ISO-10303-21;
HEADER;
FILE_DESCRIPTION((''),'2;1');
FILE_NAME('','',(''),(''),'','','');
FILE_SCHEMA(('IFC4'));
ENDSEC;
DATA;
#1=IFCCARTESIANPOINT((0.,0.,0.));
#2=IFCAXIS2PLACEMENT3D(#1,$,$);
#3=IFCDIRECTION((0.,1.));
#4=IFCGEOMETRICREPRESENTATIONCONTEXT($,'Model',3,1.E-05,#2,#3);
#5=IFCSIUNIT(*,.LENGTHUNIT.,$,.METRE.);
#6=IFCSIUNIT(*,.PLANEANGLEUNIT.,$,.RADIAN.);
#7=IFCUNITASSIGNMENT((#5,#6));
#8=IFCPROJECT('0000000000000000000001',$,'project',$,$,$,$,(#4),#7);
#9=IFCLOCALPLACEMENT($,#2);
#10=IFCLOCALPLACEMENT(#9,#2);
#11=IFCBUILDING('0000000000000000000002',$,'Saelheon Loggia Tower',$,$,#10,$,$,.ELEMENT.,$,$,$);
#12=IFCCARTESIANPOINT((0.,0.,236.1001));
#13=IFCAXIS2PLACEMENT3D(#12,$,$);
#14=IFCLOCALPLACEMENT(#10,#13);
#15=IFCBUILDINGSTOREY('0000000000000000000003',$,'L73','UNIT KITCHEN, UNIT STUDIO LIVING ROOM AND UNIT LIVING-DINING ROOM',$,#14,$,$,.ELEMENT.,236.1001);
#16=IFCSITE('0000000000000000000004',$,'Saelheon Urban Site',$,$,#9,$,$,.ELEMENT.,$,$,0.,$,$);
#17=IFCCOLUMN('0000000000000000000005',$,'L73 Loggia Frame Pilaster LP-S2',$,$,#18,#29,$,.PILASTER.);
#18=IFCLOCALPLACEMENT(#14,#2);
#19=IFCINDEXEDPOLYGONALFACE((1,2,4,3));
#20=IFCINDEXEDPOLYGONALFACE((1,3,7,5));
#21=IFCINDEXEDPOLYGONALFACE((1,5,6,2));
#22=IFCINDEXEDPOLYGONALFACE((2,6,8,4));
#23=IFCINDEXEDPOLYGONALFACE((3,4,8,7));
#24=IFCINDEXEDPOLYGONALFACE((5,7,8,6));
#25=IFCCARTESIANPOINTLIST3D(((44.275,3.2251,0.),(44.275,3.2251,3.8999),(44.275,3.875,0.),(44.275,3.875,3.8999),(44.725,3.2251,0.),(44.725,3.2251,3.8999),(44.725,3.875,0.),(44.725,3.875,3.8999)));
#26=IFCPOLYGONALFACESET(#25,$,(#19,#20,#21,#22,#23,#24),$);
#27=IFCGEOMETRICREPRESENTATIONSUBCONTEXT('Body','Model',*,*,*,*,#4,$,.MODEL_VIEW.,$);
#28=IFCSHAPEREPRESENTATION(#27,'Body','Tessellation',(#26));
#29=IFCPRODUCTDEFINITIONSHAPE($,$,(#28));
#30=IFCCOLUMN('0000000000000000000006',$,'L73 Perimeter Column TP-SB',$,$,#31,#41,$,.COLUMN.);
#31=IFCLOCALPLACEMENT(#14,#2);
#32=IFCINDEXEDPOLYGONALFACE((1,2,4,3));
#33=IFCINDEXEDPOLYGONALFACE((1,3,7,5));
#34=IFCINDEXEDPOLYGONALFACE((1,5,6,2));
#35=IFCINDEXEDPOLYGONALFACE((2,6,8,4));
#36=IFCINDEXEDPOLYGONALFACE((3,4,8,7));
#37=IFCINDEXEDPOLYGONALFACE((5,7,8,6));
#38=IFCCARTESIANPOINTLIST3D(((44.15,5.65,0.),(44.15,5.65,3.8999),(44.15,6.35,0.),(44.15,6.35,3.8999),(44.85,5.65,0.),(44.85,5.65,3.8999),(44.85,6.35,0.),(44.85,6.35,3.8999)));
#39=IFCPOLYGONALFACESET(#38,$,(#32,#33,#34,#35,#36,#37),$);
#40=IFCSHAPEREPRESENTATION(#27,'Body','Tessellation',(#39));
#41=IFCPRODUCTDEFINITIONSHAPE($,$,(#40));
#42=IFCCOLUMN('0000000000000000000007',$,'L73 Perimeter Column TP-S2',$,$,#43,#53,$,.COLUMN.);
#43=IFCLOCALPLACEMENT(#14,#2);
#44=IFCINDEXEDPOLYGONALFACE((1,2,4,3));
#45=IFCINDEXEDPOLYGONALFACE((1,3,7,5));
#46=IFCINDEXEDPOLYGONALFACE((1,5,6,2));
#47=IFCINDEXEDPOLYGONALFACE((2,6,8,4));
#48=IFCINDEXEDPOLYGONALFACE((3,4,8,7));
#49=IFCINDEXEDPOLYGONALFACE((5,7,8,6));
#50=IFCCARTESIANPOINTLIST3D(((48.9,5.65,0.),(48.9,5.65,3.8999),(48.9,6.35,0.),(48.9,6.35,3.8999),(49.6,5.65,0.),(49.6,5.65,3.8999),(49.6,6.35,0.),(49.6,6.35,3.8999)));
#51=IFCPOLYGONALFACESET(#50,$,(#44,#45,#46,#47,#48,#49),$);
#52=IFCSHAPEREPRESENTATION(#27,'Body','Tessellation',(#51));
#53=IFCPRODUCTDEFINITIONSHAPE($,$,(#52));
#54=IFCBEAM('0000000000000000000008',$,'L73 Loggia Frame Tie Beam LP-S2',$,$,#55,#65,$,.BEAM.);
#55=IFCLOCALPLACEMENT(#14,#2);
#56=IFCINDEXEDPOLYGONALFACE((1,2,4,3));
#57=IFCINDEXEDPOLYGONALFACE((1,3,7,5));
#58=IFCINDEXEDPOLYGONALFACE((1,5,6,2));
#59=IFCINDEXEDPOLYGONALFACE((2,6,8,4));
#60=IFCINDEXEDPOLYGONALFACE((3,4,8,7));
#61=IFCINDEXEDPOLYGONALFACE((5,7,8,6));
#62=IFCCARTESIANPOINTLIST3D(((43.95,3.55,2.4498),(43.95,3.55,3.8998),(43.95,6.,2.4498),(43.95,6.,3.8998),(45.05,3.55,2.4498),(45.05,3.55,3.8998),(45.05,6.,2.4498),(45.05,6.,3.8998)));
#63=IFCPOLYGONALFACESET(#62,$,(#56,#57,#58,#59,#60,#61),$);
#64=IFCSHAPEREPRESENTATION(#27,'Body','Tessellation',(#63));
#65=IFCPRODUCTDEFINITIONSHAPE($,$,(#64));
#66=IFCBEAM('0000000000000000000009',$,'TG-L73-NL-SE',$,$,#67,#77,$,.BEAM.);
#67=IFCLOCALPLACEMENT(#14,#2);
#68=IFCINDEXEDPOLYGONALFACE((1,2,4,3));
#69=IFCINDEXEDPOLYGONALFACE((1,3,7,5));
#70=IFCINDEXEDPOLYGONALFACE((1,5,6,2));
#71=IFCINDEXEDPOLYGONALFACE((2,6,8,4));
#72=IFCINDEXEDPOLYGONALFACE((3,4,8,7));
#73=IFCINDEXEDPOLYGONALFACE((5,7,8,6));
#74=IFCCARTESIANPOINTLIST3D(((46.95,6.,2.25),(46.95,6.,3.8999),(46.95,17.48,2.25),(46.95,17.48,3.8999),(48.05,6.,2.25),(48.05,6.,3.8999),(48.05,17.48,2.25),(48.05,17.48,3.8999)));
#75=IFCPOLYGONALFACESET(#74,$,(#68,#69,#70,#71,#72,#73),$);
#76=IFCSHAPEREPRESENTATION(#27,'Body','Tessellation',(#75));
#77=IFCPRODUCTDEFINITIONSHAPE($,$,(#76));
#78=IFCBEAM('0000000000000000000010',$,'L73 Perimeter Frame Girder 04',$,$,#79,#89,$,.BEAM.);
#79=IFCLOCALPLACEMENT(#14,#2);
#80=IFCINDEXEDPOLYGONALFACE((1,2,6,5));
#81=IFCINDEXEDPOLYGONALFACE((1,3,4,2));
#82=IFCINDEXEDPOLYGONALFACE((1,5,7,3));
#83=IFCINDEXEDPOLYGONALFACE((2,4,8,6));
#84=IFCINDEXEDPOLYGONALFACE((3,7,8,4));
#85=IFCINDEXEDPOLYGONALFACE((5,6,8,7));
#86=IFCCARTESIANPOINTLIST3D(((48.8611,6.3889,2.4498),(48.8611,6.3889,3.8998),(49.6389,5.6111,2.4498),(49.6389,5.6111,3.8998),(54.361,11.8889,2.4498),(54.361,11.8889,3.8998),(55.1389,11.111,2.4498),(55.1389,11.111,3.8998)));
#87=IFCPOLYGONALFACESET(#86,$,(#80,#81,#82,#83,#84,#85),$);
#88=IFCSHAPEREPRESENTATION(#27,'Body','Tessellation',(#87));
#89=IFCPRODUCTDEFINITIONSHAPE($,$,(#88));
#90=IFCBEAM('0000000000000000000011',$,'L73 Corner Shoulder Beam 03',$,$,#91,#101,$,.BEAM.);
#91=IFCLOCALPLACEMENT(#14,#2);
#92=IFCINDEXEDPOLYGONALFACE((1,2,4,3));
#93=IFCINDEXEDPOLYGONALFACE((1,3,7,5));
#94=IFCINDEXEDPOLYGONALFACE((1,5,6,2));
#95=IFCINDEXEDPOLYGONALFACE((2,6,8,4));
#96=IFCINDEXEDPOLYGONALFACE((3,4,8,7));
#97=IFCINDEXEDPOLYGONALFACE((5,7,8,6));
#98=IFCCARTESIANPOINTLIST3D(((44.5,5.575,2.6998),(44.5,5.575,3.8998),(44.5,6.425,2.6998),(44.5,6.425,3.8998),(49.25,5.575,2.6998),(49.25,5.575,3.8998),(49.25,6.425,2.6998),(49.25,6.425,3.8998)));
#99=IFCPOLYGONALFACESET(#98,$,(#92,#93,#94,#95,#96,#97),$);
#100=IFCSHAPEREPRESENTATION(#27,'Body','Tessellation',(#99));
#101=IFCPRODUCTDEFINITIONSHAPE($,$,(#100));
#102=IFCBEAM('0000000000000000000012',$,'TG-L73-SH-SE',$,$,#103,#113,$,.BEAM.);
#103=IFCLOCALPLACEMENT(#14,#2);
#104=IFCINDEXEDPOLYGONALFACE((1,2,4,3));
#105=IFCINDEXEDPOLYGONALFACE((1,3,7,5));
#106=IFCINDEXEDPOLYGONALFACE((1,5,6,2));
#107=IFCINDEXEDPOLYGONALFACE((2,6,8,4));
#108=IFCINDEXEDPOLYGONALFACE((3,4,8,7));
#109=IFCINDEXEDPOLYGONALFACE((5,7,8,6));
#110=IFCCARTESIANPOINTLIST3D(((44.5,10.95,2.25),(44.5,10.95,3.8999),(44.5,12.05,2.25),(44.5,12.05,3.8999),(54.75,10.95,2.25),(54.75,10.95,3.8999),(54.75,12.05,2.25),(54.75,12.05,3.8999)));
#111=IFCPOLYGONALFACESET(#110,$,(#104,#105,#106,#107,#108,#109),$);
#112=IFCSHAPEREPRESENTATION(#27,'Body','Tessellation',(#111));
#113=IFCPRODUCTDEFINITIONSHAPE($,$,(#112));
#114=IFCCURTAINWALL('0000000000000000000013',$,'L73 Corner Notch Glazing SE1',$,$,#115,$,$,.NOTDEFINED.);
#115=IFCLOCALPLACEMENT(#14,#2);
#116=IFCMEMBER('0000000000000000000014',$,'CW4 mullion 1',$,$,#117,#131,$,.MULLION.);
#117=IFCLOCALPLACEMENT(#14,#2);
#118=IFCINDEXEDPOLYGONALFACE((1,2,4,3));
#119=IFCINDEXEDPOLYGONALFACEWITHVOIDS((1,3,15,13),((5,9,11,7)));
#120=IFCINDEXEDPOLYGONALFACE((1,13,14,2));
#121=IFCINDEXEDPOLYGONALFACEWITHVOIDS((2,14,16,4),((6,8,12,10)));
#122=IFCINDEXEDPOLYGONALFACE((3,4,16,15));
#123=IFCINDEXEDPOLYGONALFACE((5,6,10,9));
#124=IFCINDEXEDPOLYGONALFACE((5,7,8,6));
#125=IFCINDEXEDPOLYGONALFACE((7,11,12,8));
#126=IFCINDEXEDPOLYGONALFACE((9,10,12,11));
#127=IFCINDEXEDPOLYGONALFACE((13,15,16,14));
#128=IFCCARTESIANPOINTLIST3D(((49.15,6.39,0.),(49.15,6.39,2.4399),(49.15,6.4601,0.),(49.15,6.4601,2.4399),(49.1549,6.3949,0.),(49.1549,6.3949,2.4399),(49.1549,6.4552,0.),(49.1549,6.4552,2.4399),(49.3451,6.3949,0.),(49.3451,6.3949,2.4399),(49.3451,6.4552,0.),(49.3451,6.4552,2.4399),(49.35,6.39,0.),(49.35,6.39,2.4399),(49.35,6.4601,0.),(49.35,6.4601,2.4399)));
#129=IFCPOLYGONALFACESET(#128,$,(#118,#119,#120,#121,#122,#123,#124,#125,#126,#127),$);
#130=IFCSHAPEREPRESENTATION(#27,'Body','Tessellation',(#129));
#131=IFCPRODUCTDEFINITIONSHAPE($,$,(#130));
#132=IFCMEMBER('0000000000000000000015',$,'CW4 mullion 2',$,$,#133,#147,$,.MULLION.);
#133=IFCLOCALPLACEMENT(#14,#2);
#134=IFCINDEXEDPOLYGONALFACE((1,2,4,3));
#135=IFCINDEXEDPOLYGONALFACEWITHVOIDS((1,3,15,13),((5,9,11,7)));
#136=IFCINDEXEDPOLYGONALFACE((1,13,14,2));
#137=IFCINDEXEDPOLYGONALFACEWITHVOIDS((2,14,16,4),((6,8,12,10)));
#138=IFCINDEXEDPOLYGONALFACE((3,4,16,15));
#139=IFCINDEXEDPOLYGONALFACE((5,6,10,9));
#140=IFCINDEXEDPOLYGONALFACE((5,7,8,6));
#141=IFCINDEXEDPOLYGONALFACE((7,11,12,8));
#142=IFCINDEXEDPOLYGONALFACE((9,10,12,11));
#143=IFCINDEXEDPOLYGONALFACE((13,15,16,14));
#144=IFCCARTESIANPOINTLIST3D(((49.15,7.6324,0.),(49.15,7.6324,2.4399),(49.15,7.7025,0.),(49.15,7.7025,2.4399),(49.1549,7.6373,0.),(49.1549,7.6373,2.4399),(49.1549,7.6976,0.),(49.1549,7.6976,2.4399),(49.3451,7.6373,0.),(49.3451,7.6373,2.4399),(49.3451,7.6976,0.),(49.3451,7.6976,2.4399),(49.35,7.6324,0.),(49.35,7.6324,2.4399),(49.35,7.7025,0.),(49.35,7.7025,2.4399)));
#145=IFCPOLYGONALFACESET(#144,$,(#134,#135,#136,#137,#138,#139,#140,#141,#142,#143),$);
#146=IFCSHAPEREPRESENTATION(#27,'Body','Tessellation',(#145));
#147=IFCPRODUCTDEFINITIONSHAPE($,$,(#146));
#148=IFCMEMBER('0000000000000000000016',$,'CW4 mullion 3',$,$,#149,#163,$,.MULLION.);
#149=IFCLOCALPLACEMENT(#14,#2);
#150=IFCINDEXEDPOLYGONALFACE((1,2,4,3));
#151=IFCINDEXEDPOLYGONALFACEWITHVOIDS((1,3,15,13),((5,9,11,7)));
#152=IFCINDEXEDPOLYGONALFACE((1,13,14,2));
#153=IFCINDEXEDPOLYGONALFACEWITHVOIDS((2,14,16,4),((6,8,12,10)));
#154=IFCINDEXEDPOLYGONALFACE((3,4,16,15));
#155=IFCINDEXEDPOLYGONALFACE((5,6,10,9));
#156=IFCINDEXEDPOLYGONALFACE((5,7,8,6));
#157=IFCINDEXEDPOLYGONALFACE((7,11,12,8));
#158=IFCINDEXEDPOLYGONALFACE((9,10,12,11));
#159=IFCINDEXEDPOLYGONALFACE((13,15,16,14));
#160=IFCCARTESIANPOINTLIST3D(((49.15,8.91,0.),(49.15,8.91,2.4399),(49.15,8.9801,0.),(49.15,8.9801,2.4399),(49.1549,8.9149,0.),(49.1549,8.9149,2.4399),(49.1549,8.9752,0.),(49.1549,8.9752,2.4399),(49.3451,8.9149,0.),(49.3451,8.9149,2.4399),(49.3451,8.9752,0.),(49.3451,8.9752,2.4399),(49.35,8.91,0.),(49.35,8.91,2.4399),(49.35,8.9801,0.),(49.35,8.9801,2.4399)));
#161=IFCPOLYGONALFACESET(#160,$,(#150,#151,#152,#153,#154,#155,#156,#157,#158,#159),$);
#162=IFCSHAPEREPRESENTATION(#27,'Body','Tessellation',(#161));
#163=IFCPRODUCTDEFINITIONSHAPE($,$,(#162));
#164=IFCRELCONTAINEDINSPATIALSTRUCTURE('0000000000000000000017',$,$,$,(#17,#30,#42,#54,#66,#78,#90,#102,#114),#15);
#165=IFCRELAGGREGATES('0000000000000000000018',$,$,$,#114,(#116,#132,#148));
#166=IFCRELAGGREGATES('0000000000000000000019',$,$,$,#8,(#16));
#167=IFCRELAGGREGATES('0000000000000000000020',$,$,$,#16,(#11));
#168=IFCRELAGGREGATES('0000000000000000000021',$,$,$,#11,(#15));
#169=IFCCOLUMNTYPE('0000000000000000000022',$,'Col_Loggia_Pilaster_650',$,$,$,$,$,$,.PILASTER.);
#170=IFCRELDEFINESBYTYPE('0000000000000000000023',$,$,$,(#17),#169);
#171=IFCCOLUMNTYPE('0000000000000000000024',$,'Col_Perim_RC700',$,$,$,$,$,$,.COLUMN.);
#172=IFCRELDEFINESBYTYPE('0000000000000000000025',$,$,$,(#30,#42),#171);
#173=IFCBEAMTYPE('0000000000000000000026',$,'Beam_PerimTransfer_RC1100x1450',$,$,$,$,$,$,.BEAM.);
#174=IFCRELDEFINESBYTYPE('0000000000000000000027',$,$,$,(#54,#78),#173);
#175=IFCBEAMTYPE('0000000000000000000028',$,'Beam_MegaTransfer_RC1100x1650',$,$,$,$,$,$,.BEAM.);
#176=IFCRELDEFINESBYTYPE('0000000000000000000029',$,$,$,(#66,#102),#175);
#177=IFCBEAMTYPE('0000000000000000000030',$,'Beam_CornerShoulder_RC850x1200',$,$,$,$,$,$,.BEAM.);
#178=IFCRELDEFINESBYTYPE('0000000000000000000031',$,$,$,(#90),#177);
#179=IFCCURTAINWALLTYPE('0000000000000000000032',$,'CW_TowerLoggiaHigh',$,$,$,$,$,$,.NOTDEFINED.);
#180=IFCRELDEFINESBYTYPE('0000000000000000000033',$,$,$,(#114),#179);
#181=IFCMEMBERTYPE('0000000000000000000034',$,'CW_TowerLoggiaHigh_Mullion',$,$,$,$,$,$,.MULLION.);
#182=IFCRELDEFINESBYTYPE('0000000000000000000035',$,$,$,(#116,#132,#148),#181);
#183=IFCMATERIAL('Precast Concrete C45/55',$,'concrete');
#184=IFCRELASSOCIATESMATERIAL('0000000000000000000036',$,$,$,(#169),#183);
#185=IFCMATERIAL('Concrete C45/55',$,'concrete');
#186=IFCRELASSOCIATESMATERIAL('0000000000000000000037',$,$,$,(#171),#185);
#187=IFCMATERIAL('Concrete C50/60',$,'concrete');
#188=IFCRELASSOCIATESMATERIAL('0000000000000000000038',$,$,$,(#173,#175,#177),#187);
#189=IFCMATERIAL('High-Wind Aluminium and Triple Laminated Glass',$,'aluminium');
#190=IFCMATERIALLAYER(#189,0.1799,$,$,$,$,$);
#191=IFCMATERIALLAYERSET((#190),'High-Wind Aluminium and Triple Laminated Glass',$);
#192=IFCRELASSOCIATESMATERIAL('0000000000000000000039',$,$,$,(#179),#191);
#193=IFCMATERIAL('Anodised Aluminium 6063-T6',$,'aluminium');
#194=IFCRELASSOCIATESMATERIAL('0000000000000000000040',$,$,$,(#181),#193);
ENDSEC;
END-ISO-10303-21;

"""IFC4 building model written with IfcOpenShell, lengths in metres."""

from ifc_helpers import new_model, si_unit, direction, frame, origin, origin_2d, place, context, subcontext, project, spatial, rectangle, hollow_rectangle, extrude, source, transform, mapped, material, layer, layer_set, material_profile, profile_set, type_object, element, aggregate, save


model = new_model("IFC4")

# Units and contexts
model_context = context("Model", 3, precision=1e-05, world=origin(), true_north=direction((0.0, 1.0)))
body_context = subcontext(model_context, "Body", "Model", "MODEL_VIEW")
ifc_project = project(units=[si_unit("LENGTHUNIT", "METRE"), si_unit("PLANEANGLEUNIT", "RADIAN")], contexts=[model_context])

# Site, building, storey
site_placement = place(None, origin())
site = spatial("IfcSite", under=ifc_project, at=site_placement, Name="Saelheon Urban Site", CompositionType="ELEMENT", RefElevation=0.0)
building_placement = place(site_placement, origin())
building = spatial("IfcBuilding", under=site, at=building_placement, Name="Saelheon Loggia Tower", CompositionType="ELEMENT")
storey_placement = place(building_placement, frame((0.0, 0.0, 236.1001)))
storey = spatial("IfcBuildingStorey", under=building, at=storey_placement, Name="L73", Description="UNIT KITCHEN, UNIT STUDIO LIVING ROOM AND UNIT LIVING-DINING ROOM", CompositionType="ELEMENT", Elevation=236.1001)

# Columns
ifc_material_1 = material(Name="Precast Concrete C45/55", Category="concrete")
ifc_material_profile_1 = material_profile(ifc_material_1, rectangle(XDim=0.45, YDim=0.6499, at=origin_2d()), Name="RC-450x650")
ifc_profile_set_1 = profile_set([ifc_material_profile_1], Name="Precast Concrete C45/55")
column_type_1 = type_object("IfcColumnType", Name="Col_Loggia_Pilaster_650", PredefinedType="PILASTER", material=ifc_profile_set_1)
shared_shape_1 = source(origin(), body_context, "Body", "SweptSolid", [
    extrude(rectangle(XDim=0.45, YDim=0.6499, at=origin_2d()), origin(), (0.0, 0.0, 1.0), 3.8999),
])
column_placement = place(storey_placement, frame((44.5, 3.55, 0.0), z_axis=(0.0, 0.0, 1.0), x_axis=(1.0, 0.0, 0.0)))
element("IfcColumn", 1, at=column_placement, inside=storey, type_object=column_type_1, Name="L73 Loggia Frame Pilaster LP-S2", PredefinedType="PILASTER", context=body_context, shape_type="MappedRepresentation", body=[
    mapped(shared_shape_1, transform((0.0, 0.0, 0.0), scale=1.0)),
])
ifc_material_2 = material(Name="Concrete C45/55", Category="concrete")
ifc_material_profile_2 = material_profile(ifc_material_2, rectangle(XDim=0.7, YDim=0.7, at=origin_2d()), Name="RC-700x700")
ifc_profile_set_2 = profile_set([ifc_material_profile_2], Name="Concrete C45/55")
column_type_2 = type_object("IfcColumnType", Name="Col_Perim_RC700", PredefinedType="COLUMN", material=ifc_profile_set_2)
shared_shape_2 = source(origin(), body_context, "Body", "SweptSolid", [
    extrude(rectangle(XDim=0.7, YDim=0.7, at=origin_2d()), origin(), (0.0, 0.0, 1.0), 3.8999),
])
for number, where, z_axis, x_axis, name in (
    (2, (44.5, 6.0, 0.0), (0.0, 0.0, 1.0), (1.0, 0.0, 0.0), "L73 Perimeter Column TP-SB"),
    (3, (49.25, 6.0, 0.0), (0.0, 0.0, 1.0), (1.0, 0.0, 0.0), "L73 Perimeter Column TP-S2"),
):
    element("IfcColumn", number, at=place(storey_placement, frame(where, z_axis=z_axis, x_axis=x_axis)), inside=storey, type_object=column_type_2, Name=name, PredefinedType="COLUMN", context=body_context, shape_type="MappedRepresentation", body=[
        mapped(shared_shape_2, transform((0.0, 0.0, 0.0), scale=1.0)),
    ])

# Beams
ifc_material_3 = material(Name="Concrete C50/60", Category="concrete")
ifc_material_profile_3 = material_profile(ifc_material_3, rectangle(XDim=1.1001, YDim=1.45, at=origin_2d()), Name="RC-1100x1450")
ifc_profile_set_3 = profile_set([ifc_material_profile_3], Name="Concrete C50/60")
beam_type_1 = type_object("IfcBeamType", Name="Beam_PerimTransfer_RC1100x1450", PredefinedType="BEAM", material=ifc_profile_set_3)
shared_shape_3 = source(origin(), body_context, "Body", "SweptSolid", [
    extrude(rectangle(XDim=1.1001, YDim=1.45, at=origin_2d()), origin(), (0.0, 0.0, 1.0), 2.45),
])
beam_1_placement = place(storey_placement, frame((44.5, 6.0, 3.1748), z_axis=(0.0, -1.0, 0.0), x_axis=(1.0, 0.0, 0.0)))
element("IfcBeam", 4, at=beam_1_placement, inside=storey, type_object=beam_type_1, Name="L73 Loggia Frame Tie Beam LP-S2", PredefinedType="BEAM", context=body_context, shape_type="MappedRepresentation", body=[
    mapped(shared_shape_3, transform((0.0, 0.0, 0.0), scale=1.0)),
])
ifc_material_profile_4 = material_profile(ifc_material_3, rectangle(XDim=1.1001, YDim=1.6499, at=origin_2d()), Name="RC-1100x1650")
ifc_profile_set_4 = profile_set([ifc_material_profile_4], Name="Concrete C50/60")
beam_type_2 = type_object("IfcBeamType", Name="Beam_MegaTransfer_RC1100x1650", PredefinedType="BEAM", material=ifc_profile_set_4)
shared_shape_4 = source(origin(), body_context, "Body", "SweptSolid", [
    extrude(rectangle(XDim=1.1001, YDim=1.6499, at=origin_2d()), origin(), (0.0, 0.0, 1.0), 11.48),
])
beam_2_placement = place(storey_placement, frame((47.5, 6.0, 3.075), z_axis=(0.0, 1.0, 0.0), x_axis=(-1.0, 0.0, 0.0)))
element("IfcBeam", 5, at=beam_2_placement, inside=storey, type_object=beam_type_2, Name="TG-L73-NL-SE", PredefinedType="BEAM", context=body_context, shape_type="MappedRepresentation", body=[
    mapped(shared_shape_4, transform((0.0, 0.0, 0.0), scale=1.0)),
])
shared_shape_5 = source(origin(), body_context, "Body", "SweptSolid", [
    extrude(rectangle(XDim=1.1001, YDim=1.45, at=origin_2d()), origin(), (0.0, 0.0, 1.0), 7.7781),
])
beam_3_placement = place(storey_placement, frame((49.25, 6.0, 3.1748), z_axis=(0.707107, 0.707107, 0.0), x_axis=(-0.707107, 0.707107, 0.0)))
element("IfcBeam", 6, at=beam_3_placement, inside=storey, type_object=beam_type_1, Name="L73 Perimeter Frame Girder 04", PredefinedType="BEAM", context=body_context, shape_type="MappedRepresentation", body=[
    mapped(shared_shape_5, transform((0.0, 0.0, 0.0), scale=1.0)),
])
ifc_material_profile_5 = material_profile(ifc_material_3, rectangle(XDim=0.8501, YDim=1.2, at=origin_2d()), Name="RC-850x1200")
ifc_profile_set_5 = profile_set([ifc_material_profile_5], Name="Concrete C50/60")
beam_type_3 = type_object("IfcBeamType", Name="Beam_CornerShoulder_RC850x1200", PredefinedType="BEAM", material=ifc_profile_set_5)
shared_shape_6 = source(origin(), body_context, "Body", "SweptSolid", [
    extrude(rectangle(XDim=0.8501, YDim=1.2, at=origin_2d()), origin(), (0.0, 0.0, 1.0), 4.75),
])
beam_4_placement = place(storey_placement, frame((44.5, 6.0, 3.2998), z_axis=(1.0, 0.0, 0.0), x_axis=(0.0, 1.0, 0.0)))
element("IfcBeam", 7, at=beam_4_placement, inside=storey, type_object=beam_type_3, Name="L73 Corner Shoulder Beam 03", PredefinedType="BEAM", context=body_context, shape_type="MappedRepresentation", body=[
    mapped(shared_shape_6, transform((0.0, 0.0, 0.0), scale=1.0)),
])
shared_shape_7 = source(origin(), body_context, "Body", "SweptSolid", [
    extrude(rectangle(XDim=1.1001, YDim=1.6499, at=origin_2d()), origin(), (0.0, 0.0, 1.0), 10.25),
])
beam_5_placement = place(storey_placement, frame((44.5, 11.5, 3.075), z_axis=(1.0, 0.0, 0.0), x_axis=(0.0, 1.0, 0.0)))
element("IfcBeam", 8, at=beam_5_placement, inside=storey, type_object=beam_type_2, Name="TG-L73-SH-SE", PredefinedType="BEAM", context=body_context, shape_type="MappedRepresentation", body=[
    mapped(shared_shape_7, transform((0.0, 0.0, 0.0), scale=1.0)),
])

# Curtain wall, members
ifc_material_4 = material(Name="High-Wind Aluminium and Triple Laminated Glass", Category="aluminium")
ifc_layer_1 = layer(ifc_material_4, 0.1799)
ifc_layer_set_1 = layer_set([ifc_layer_1], Name="High-Wind Aluminium and Triple Laminated Glass")
curtain_wall_type = type_object("IfcCurtainWallType", Name="CW_TowerLoggiaHigh", PredefinedType="NOTDEFINED", material=ifc_layer_set_1)
curtain_wall_placement = place(storey_placement, origin())
curtain_wall = element("IfcCurtainWall", 9, at=curtain_wall_placement, inside=storey, type_object=curtain_wall_type, Name="L73 Corner Notch Glazing SE1", PredefinedType="NOTDEFINED")
ifc_material_5 = material(Name="Anodised Aluminium 6063-T6", Category="aluminium")
ifc_material_profile_6 = material_profile(ifc_material_5, hollow_rectangle(XDim=0.0701, YDim=0.2, WallThickness=0.0049, at=origin_2d()), Name="RHS-200x70x5")
ifc_profile_set_6 = profile_set([ifc_material_profile_6], Name="Anodised Aluminium 6063-T6")
member_type_1 = type_object("IfcMemberType", Name="CW_TowerLoggiaHigh_Mullion", PredefinedType="MULLION", material=ifc_profile_set_6)
shared_shape_8 = source(origin(), body_context, "Body", "SweptSolid", [
    extrude(hollow_rectangle(XDim=0.0701, YDim=0.2, WallThickness=0.0049, at=origin_2d()), origin(), (0.0, 0.0, 1.0), 2.4399),
])
member_1_placement = place(storey_placement, frame((49.25, 6.425, 0.0), z_axis=(0.0, 0.0, 1.0), x_axis=(0.0, 1.0, 0.0)))
member_1 = element("IfcMember", 10, at=member_1_placement, type_object=member_type_1, Name="CW4 mullion 1", PredefinedType="MULLION", context=body_context, shape_type="MappedRepresentation", body=[
    mapped(shared_shape_8, transform((0.0, 0.0, 0.0), scale=1.0)),
])
member_2_placement = place(storey_placement, frame((49.25, 7.6675, 0.0), z_axis=(0.0, 0.0, 1.0), x_axis=(0.0, 1.0, 0.0)))
member_2 = element("IfcMember", 11, at=member_2_placement, type_object=member_type_1, Name="CW4 mullion 2", PredefinedType="MULLION", context=body_context, shape_type="MappedRepresentation", body=[
    mapped(shared_shape_8, transform((0.0, 0.0, 0.0), scale=1.0)),
])
member_3_placement = place(storey_placement, frame((49.25, 8.9451, 0.0), z_axis=(0.0, 0.0, 1.0), x_axis=(0.0, 1.0, 0.0)))
member_3 = element("IfcMember", 12, at=member_3_placement, type_object=member_type_1, Name="CW4 mullion 3", PredefinedType="MULLION", context=body_context, shape_type="MappedRepresentation", body=[
    mapped(shared_shape_8, transform((0.0, 0.0, 0.0), scale=1.0)),
])
aggregate(curtain_wall, [member_1, member_2, member_3])

save(model, "model.ifc")
